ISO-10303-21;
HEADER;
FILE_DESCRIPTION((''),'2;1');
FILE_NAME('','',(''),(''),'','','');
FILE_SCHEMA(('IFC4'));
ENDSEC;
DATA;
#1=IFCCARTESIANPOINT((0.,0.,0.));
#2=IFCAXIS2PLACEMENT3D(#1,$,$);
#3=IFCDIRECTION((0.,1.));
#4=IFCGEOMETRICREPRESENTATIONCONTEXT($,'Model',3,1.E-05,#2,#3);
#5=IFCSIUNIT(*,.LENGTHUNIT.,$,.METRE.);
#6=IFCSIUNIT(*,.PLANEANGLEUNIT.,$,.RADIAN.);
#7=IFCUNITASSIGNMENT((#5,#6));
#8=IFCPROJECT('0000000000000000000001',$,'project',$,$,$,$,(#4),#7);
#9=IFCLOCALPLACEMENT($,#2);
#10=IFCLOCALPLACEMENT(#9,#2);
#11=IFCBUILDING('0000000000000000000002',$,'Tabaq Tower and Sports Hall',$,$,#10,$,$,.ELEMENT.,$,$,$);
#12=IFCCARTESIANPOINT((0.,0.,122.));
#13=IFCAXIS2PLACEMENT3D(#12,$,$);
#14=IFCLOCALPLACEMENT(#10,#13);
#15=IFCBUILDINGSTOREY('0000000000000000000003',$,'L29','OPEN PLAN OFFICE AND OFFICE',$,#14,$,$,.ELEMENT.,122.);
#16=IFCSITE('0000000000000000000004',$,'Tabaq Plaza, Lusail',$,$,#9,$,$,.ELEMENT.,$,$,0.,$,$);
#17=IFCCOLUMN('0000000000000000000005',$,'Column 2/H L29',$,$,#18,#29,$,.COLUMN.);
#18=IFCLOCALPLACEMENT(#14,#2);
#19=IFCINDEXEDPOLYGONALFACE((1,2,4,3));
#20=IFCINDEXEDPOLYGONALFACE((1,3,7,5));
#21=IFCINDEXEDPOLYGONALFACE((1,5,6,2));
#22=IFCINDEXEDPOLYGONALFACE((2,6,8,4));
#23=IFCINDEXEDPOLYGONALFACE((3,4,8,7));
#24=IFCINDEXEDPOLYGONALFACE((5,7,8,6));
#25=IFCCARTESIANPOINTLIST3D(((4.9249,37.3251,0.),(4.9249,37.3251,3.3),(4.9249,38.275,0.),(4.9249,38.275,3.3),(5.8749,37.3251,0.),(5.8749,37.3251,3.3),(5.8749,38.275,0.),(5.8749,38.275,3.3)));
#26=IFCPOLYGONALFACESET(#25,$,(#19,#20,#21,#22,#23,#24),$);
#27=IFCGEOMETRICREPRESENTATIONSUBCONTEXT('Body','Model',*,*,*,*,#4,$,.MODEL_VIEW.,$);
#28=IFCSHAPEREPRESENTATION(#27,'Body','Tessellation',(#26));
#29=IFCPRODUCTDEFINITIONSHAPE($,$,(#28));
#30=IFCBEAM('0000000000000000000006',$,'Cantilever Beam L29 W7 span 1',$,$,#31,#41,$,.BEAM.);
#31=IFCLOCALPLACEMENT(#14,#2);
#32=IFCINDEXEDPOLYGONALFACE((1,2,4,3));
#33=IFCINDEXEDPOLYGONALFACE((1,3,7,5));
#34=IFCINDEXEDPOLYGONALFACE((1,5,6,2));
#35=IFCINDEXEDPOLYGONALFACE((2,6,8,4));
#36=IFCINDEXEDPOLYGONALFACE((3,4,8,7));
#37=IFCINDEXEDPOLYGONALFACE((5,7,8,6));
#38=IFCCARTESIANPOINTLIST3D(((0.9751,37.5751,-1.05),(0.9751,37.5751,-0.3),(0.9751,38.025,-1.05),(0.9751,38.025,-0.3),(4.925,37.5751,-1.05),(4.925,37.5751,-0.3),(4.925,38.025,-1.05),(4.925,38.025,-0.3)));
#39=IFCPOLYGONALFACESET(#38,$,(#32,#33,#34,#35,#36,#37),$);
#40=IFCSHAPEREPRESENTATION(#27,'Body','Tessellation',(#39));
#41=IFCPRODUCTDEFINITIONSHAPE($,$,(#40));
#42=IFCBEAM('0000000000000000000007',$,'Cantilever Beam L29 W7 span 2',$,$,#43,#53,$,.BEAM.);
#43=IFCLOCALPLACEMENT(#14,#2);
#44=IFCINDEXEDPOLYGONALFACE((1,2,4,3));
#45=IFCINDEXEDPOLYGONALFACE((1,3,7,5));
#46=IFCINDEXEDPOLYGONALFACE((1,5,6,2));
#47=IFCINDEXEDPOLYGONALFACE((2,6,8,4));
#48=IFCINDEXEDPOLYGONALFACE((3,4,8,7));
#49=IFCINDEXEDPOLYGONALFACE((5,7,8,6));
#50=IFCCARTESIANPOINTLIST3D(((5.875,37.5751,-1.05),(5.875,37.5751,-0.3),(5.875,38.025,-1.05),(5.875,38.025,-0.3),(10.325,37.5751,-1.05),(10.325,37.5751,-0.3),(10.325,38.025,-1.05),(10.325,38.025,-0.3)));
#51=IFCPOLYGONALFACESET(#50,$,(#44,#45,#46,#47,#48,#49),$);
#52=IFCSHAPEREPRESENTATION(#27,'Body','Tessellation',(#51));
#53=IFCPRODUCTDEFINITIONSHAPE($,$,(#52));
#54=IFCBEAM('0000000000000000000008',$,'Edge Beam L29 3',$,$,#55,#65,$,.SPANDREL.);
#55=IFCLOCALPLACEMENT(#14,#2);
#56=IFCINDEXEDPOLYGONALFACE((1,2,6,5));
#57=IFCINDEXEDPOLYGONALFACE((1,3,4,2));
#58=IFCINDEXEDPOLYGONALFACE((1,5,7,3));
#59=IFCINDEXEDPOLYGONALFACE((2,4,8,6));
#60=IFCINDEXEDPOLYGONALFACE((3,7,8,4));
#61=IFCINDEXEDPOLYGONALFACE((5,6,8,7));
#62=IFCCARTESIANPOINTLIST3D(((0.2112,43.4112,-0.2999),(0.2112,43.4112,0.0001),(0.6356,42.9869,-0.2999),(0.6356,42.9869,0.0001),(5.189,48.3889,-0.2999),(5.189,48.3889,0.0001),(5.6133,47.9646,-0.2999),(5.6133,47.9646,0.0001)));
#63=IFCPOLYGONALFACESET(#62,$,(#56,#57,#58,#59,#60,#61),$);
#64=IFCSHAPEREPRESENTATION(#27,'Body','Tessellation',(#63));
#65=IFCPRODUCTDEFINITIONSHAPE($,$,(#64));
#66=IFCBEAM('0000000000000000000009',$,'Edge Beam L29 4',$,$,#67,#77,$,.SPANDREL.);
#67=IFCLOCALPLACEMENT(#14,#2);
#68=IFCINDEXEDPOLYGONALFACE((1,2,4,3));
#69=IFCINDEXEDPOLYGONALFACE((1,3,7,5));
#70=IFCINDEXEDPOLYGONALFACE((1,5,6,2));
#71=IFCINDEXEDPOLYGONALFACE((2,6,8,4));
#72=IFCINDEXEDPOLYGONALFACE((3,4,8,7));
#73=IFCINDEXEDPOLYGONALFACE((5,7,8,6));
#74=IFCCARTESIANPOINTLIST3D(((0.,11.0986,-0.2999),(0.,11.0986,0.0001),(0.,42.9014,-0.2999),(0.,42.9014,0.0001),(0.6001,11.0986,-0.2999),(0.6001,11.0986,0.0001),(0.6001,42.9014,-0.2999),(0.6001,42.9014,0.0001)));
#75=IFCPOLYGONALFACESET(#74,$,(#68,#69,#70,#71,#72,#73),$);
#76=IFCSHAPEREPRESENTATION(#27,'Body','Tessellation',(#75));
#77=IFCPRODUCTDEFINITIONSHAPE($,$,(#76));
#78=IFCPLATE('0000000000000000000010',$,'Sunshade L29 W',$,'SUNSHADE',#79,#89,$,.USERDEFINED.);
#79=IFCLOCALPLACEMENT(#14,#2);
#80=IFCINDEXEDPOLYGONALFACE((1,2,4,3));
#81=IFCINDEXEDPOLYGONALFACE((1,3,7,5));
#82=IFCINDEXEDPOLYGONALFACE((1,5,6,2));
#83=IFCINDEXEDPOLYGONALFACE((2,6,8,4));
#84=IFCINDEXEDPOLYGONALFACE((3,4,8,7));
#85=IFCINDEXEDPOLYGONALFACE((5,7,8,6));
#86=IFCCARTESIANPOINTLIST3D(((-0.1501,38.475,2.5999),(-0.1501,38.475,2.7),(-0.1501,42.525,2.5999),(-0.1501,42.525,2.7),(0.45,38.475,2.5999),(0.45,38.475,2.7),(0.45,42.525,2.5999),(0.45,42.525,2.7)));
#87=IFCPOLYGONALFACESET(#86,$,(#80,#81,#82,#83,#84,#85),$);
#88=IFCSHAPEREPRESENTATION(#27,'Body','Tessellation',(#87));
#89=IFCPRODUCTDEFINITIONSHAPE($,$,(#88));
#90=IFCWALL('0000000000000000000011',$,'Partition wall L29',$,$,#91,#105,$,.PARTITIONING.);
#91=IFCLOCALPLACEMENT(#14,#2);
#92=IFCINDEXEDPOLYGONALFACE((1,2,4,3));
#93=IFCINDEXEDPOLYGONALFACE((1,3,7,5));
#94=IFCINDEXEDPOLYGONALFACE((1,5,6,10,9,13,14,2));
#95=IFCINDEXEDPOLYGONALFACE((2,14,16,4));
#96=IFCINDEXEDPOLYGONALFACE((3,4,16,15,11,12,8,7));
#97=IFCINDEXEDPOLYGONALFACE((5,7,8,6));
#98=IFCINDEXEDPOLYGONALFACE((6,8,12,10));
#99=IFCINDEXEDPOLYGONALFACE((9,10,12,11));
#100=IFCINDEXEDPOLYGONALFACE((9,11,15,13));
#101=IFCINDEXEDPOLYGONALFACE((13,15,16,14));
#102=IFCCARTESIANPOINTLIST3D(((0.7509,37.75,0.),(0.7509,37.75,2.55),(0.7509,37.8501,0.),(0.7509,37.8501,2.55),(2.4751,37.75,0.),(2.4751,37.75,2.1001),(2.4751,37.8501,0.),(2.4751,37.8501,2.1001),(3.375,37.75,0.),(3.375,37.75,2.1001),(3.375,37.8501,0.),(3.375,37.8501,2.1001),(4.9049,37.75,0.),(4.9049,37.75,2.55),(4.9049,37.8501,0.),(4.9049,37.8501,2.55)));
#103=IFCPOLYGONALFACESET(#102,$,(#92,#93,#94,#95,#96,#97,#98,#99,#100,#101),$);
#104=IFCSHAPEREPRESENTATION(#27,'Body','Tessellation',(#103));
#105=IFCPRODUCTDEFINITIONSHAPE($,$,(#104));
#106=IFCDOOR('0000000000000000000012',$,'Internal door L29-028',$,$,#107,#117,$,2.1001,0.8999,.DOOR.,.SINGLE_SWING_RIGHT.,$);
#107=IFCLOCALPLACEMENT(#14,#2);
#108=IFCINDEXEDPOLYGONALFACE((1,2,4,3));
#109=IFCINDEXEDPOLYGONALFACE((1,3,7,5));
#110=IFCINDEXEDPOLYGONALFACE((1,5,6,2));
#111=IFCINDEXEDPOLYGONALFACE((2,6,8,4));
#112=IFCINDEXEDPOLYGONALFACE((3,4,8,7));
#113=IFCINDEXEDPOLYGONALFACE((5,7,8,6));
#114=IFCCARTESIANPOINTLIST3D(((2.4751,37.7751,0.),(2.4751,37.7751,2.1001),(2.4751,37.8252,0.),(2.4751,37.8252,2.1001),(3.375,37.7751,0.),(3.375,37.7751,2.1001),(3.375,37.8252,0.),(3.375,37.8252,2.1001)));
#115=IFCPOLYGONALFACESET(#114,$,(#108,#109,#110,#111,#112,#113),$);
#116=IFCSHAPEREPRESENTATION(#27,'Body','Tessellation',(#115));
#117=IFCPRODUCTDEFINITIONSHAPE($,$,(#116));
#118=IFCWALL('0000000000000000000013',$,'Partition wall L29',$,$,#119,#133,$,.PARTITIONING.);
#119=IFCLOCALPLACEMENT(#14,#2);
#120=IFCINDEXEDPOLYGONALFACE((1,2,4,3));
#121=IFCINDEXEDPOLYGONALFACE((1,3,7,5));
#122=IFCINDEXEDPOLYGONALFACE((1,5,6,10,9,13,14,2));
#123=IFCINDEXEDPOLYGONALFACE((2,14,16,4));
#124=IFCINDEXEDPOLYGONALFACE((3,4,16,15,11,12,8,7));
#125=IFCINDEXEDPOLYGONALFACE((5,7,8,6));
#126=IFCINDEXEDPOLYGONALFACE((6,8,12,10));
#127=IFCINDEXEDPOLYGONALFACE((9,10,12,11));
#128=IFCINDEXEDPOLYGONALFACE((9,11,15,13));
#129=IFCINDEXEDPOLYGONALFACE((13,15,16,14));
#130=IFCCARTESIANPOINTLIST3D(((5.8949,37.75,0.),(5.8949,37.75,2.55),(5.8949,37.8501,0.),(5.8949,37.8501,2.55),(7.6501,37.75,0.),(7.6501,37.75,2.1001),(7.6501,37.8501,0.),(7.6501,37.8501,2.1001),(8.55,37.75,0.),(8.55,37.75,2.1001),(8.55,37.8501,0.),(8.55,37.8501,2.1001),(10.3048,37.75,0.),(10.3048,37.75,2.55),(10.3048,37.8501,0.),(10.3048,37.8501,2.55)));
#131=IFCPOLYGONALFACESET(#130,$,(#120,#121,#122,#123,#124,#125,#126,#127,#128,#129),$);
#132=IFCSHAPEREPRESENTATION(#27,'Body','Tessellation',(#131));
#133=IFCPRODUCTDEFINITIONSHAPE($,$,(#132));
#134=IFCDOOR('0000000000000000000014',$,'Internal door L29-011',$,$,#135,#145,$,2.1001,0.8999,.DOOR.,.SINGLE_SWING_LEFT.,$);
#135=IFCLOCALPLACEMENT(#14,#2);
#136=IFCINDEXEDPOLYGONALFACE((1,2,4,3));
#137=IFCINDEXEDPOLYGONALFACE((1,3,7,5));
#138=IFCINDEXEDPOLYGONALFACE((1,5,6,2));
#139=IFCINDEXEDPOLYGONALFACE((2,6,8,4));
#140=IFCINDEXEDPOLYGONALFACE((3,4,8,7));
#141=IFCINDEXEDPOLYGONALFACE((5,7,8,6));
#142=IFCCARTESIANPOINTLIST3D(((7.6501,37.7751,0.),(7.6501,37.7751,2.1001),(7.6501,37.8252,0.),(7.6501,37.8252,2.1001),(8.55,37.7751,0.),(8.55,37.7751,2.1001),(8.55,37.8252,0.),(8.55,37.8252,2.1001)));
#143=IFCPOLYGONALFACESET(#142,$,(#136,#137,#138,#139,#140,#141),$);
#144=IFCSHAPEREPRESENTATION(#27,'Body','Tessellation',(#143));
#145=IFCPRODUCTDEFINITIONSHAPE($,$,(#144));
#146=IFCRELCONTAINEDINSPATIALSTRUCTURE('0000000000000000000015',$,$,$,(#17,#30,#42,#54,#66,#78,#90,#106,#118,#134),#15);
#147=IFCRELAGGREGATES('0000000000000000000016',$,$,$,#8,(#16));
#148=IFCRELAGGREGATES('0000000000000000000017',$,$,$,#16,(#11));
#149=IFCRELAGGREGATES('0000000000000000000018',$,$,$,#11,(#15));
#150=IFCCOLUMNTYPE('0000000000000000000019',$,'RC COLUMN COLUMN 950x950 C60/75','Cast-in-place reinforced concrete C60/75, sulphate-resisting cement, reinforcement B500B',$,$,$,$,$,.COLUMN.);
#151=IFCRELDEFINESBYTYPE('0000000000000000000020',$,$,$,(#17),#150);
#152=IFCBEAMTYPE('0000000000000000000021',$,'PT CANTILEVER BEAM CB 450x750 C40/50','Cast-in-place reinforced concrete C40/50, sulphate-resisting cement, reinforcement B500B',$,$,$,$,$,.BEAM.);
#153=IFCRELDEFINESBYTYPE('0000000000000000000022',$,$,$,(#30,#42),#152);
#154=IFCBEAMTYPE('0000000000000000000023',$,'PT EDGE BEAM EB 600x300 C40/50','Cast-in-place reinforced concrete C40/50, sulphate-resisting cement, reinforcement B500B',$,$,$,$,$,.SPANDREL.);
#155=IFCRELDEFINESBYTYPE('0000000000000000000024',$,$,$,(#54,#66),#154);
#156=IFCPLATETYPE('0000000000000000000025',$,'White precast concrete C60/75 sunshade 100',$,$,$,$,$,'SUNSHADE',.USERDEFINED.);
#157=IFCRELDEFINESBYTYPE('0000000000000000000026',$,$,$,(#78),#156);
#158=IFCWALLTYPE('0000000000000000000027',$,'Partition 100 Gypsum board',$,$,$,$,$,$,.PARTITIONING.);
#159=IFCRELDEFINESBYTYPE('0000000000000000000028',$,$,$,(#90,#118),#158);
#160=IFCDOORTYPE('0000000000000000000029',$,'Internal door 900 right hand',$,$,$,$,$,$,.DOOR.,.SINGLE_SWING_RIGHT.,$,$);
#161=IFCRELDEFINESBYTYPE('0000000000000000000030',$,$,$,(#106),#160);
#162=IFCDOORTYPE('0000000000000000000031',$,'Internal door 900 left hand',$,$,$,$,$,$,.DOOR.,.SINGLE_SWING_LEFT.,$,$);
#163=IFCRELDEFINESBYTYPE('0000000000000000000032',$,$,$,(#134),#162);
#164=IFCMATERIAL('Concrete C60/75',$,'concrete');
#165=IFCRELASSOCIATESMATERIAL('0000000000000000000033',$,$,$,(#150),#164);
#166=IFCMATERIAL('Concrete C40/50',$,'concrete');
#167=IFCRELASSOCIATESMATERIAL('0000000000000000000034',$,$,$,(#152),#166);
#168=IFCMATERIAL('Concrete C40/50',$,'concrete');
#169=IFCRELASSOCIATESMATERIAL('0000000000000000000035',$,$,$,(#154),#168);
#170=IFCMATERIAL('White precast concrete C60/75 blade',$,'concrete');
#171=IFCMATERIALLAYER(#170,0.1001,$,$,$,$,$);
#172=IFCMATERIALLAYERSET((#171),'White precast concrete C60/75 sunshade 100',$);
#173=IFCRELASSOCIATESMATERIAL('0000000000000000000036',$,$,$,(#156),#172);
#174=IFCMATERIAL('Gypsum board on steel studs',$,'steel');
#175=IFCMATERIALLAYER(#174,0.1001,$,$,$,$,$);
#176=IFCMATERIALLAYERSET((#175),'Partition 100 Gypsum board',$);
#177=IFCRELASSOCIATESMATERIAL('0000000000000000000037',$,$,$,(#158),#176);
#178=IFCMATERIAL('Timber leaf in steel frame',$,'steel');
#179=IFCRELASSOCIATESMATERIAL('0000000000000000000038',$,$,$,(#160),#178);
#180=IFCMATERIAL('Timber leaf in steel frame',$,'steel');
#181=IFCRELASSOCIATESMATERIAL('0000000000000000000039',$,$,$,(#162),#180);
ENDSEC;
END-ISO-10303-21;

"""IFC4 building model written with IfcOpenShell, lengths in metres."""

from ifc_helpers import new_model, si_unit, direction, frame, frame_2d, origin, origin_2d, place, context, subcontext, project, spatial, rectangle, extrude, material, layer, layer_set, material_profile, profile_set, type_object, element, fill, save


model = new_model("IFC4")

# Units and contexts
model_context = context("Model", 3, precision=1e-05, world=origin(), true_north=direction((0.0, 1.0)))
body_context = subcontext(model_context, "Body", "Model", "MODEL_VIEW")
ifc_project = project(units=[si_unit("LENGTHUNIT", "METRE"), si_unit("PLANEANGLEUNIT", "RADIAN")], contexts=[model_context])

# Site, building, storey
site_placement = place(None, origin())
site = spatial("IfcSite", under=ifc_project, at=site_placement, Name="Tabaq Plaza, Lusail", CompositionType="ELEMENT", RefElevation=0.0)
building_placement = place(site_placement, origin())
building = spatial("IfcBuilding", under=site, at=building_placement, Name="Tabaq Tower and Sports Hall", CompositionType="ELEMENT")
storey_placement = place(building_placement, frame((0.0, 0.0, 122.0)))
storey = spatial("IfcBuildingStorey", under=building, at=storey_placement, Name="L29", Description="OPEN PLAN OFFICE AND OFFICE", CompositionType="ELEMENT", Elevation=122.0)

# Column
ifc_material_1 = material(Name="Concrete C60/75", Category="concrete")
ifc_material_profile_1 = material_profile(ifc_material_1, rectangle(XDim=0.95, YDim=0.95, at=origin_2d()), Name="COLUMN 950x950")
ifc_profile_set_1 = profile_set([ifc_material_profile_1], Name="Concrete C60/75")
column_type = type_object("IfcColumnType", Name="RC COLUMN COLUMN 950x950 C60/75", Description="Cast-in-place reinforced concrete C60/75, sulphate-resisting cement, reinforcement B500B", PredefinedType="COLUMN", material=ifc_profile_set_1)
column_placement = place(storey_placement, frame((5.3999, 37.8, 0.0), z_axis=(0.0, 0.0, 1.0), x_axis=(1.0, 0.0, 0.0)))
element("IfcColumn", 1, at=column_placement, inside=storey, type_object=column_type, Name="Column 2/H L29", PredefinedType="COLUMN", context=body_context, shape_type="SweptSolid", body=[
    extrude(rectangle(XDim=0.95, YDim=0.95, at=origin_2d()), origin(), (0.0, 0.0, 1.0), 3.3),
])

# Beams
ifc_material_2 = material(Name="Concrete C40/50", Category="concrete")
ifc_material_profile_2 = material_profile(ifc_material_2, rectangle(XDim=0.45, YDim=0.75, at=origin_2d()), Name="CB 450x750")
ifc_profile_set_2 = profile_set([ifc_material_profile_2], Name="Concrete C40/50")
beam_type_1 = type_object("IfcBeamType", Name="PT CANTILEVER BEAM CB 450x750 C40/50", Description="Cast-in-place reinforced concrete C40/50, sulphate-resisting cement, reinforcement B500B", PredefinedType="BEAM", material=ifc_profile_set_2)
beam_1_placement = place(storey_placement, frame((0.9751, 37.8, -0.675), z_axis=(1.0, 0.0, 0.0), x_axis=(0.0, 1.0, 0.0)))
element("IfcBeam", 2, at=beam_1_placement, inside=storey, type_object=beam_type_1, Name="Cantilever Beam L29 W7 span 1", PredefinedType="BEAM", context=body_context, shape_type="SweptSolid", body=[
    extrude(rectangle(XDim=0.45, YDim=0.75, at=origin_2d()), origin(), (0.0, 0.0, 1.0), 3.95),
])
beam_2_placement = place(storey_placement, frame((5.875, 37.8, -0.675), z_axis=(1.0, 0.0, 0.0), x_axis=(0.0, 1.0, 0.0)))
element("IfcBeam", 3, at=beam_2_placement, inside=storey, type_object=beam_type_1, Name="Cantilever Beam L29 W7 span 2", PredefinedType="BEAM", context=body_context, shape_type="SweptSolid", body=[
    extrude(rectangle(XDim=0.45, YDim=0.75, at=origin_2d()), origin(), (0.0, 0.0, 1.0), 4.45),
])
ifc_material_3 = material(Name="Concrete C40/50", Category="concrete")
ifc_material_profile_3 = material_profile(ifc_material_3, rectangle(XDim=0.6001, YDim=0.3, at=origin_2d()), Name="EB 600x300")
ifc_profile_set_3 = profile_set([ifc_material_profile_3], Name="Concrete C40/50")
beam_type_2 = type_object("IfcBeamType", Name="PT EDGE BEAM EB 600x300 C40/50", Description="Cast-in-place reinforced concrete C40/50, sulphate-resisting cement, reinforcement B500B", PredefinedType="SPANDREL", material=ifc_profile_set_3)
beam_3_placement = place(storey_placement, frame((5.4011, 48.1768, -0.1499), z_axis=(-0.707107, -0.707107, 0.0), x_axis=(0.707107, -0.707107, 0.0)))
element("IfcBeam", 4, at=beam_3_placement, inside=storey, type_object=beam_type_2, Name="Edge Beam L29 3", PredefinedType="SPANDREL", context=body_context, shape_type="SweptSolid", body=[
    extrude(rectangle(XDim=0.6001, YDim=0.3, at=origin_2d()), origin(), (0.0, 0.0, 1.0), 7.0396),
])
beam_4_placement = place(storey_placement, frame((0.3, 42.9014, -0.1499), z_axis=(0.0, -1.0, 0.0), x_axis=(1.0, 0.0, 0.0)))
element("IfcBeam", 5, at=beam_4_placement, inside=storey, type_object=beam_type_2, Name="Edge Beam L29 4", PredefinedType="SPANDREL", context=body_context, shape_type="SweptSolid", body=[
    extrude(rectangle(XDim=0.6001, YDim=0.3, at=origin_2d()), origin(), (0.0, 0.0, 1.0), 31.8027),
])

# Plate
ifc_material_4 = material(Name="White precast concrete C60/75 blade", Category="concrete")
ifc_layer_1 = layer(ifc_material_4, 0.1001)
ifc_layer_set_1 = layer_set([ifc_layer_1], Name="White precast concrete C60/75 sunshade 100")
plate_type = type_object("IfcPlateType", Name="White precast concrete C60/75 sunshade 100", ElementType="SUNSHADE", PredefinedType="USERDEFINED", material=ifc_layer_set_1)
plate_placement = place(storey_placement, frame((0.1499, 40.5, 2.5999), z_axis=(0.0, 0.0, 1.0), x_axis=(0.0, -1.0, 0.0)))
element("IfcPlate", 6, at=plate_placement, inside=storey, type_object=plate_type, Name="Sunshade L29 W", ObjectType="SUNSHADE", PredefinedType="USERDEFINED", context=body_context, shape_type="SweptSolid", body=[
    extrude(rectangle(XDim=4.05, YDim=0.6001, at=origin_2d()), origin(), (0.0, 0.0, 1.0), 0.1001),
])

# Walls, openings, doors
ifc_material_5 = material(Name="Gypsum board on steel studs", Category="steel")
ifc_layer_2 = layer(ifc_material_5, 0.1001)
ifc_layer_set_2 = layer_set([ifc_layer_2], Name="Partition 100 Gypsum board")
wall_type_1 = type_object("IfcWallType", Name="Partition 100 Gypsum board", PredefinedType="PARTITIONING", material=ifc_layer_set_2)
wall_1_placement = place(storey_placement, frame((4.905, 37.8, 0.0), z_axis=(0.0, 0.0, 1.0), x_axis=(-1.0, 0.0, 0.0)))
wall_1 = element("IfcWall", 7, at=wall_1_placement, inside=storey, type_object=wall_type_1, Name="Partition wall L29", PredefinedType="PARTITIONING", context=body_context, shape_type="SweptSolid", body=[
    extrude(rectangle(XDim=4.1541, YDim=0.1001, at=frame_2d((2.0771, 0.0))), origin(), (0.0, 0.0, 1.0), 2.55),
])
opening_1_placement = place(wall_1_placement, frame((1.53, 0.0, 0.0)))
opening_1 = element("IfcOpeningElement", 8, at=opening_1_placement, cuts=wall_1, PredefinedType="OPENING", context=body_context, shape_type="SweptSolid", body=[
    extrude(rectangle(XDim=0.8999, YDim=2.1001, at=frame_2d((0.45, 1.05))), frame((0.0, 0.05, 0.0), z_axis=(0.0, -1.0, 0.0), x_axis=(1.0, 0.0, 0.0)), (0.0, 0.0, 1.0), 0.1001),
])
ifc_material_6 = material(Name="Timber leaf in steel frame", Category="steel")
door_type_1 = type_object("IfcDoorType", Name="Internal door 900 right hand", OperationType="SINGLE_SWING_RIGHT", PredefinedType="DOOR", material=ifc_material_6)
door_1_placement = place(opening_1_placement, origin())
door_1 = element("IfcDoor", 9, at=door_1_placement, inside=storey, type_object=door_type_1, Name="Internal door L29-028", OperationType="SINGLE_SWING_RIGHT", OverallHeight=2.1001, OverallWidth=0.8999, PredefinedType="DOOR", context=body_context, shape_type="SweptSolid", body=[
    extrude(rectangle(XDim=0.8999, YDim=2.1001, at=frame_2d((0.45, 1.05))), frame((0.0, 0.0249, 0.0), z_axis=(0.0, -1.0, 0.0), x_axis=(1.0, 0.0, 0.0)), (0.0, 0.0, 1.0), 0.05),
])
fill(opening_1, door_1)
wall_2_placement = place(storey_placement, frame((10.3049, 37.8, 0.0), z_axis=(0.0, 0.0, 1.0), x_axis=(-1.0, 0.0, 0.0)))
wall_2 = element("IfcWall", 10, at=wall_2_placement, inside=storey, type_object=wall_type_1, Name="Partition wall L29", PredefinedType="PARTITIONING", context=body_context, shape_type="SweptSolid", body=[
    extrude(rectangle(XDim=4.4099, YDim=0.1001, at=frame_2d((2.2051, 0.0))), origin(), (0.0, 0.0, 1.0), 2.55),
])
opening_2_placement = place(wall_2_placement, frame((1.7549, 0.0, 0.0)))
opening_2 = element("IfcOpeningElement", 11, at=opening_2_placement, cuts=wall_2, PredefinedType="OPENING", context=body_context, shape_type="SweptSolid", body=[
    extrude(rectangle(XDim=0.8999, YDim=2.1001, at=frame_2d((0.45, 1.05))), frame((0.0, 0.05, 0.0), z_axis=(0.0, -1.0, 0.0), x_axis=(1.0, 0.0, 0.0)), (0.0, 0.0, 1.0), 0.1001),
])
ifc_material_7 = material(Name="Timber leaf in steel frame", Category="steel")
door_type_2 = type_object("IfcDoorType", Name="Internal door 900 left hand", OperationType="SINGLE_SWING_LEFT", PredefinedType="DOOR", material=ifc_material_7)
door_2_placement = place(opening_2_placement, origin())
door_2 = element("IfcDoor", 12, at=door_2_placement, inside=storey, type_object=door_type_2, Name="Internal door L29-011", OperationType="SINGLE_SWING_LEFT", OverallHeight=2.1001, OverallWidth=0.8999, PredefinedType="DOOR", context=body_context, shape_type="SweptSolid", body=[
    extrude(rectangle(XDim=0.8999, YDim=2.1001, at=frame_2d((0.45, 1.05))), frame((0.0, 0.0249, 0.0), z_axis=(0.0, -1.0, 0.0), x_axis=(1.0, 0.0, 0.0)), (0.0, 0.0, 1.0), 0.05),
])
fill(opening_2, door_2)

save(model, "model.ifc")
